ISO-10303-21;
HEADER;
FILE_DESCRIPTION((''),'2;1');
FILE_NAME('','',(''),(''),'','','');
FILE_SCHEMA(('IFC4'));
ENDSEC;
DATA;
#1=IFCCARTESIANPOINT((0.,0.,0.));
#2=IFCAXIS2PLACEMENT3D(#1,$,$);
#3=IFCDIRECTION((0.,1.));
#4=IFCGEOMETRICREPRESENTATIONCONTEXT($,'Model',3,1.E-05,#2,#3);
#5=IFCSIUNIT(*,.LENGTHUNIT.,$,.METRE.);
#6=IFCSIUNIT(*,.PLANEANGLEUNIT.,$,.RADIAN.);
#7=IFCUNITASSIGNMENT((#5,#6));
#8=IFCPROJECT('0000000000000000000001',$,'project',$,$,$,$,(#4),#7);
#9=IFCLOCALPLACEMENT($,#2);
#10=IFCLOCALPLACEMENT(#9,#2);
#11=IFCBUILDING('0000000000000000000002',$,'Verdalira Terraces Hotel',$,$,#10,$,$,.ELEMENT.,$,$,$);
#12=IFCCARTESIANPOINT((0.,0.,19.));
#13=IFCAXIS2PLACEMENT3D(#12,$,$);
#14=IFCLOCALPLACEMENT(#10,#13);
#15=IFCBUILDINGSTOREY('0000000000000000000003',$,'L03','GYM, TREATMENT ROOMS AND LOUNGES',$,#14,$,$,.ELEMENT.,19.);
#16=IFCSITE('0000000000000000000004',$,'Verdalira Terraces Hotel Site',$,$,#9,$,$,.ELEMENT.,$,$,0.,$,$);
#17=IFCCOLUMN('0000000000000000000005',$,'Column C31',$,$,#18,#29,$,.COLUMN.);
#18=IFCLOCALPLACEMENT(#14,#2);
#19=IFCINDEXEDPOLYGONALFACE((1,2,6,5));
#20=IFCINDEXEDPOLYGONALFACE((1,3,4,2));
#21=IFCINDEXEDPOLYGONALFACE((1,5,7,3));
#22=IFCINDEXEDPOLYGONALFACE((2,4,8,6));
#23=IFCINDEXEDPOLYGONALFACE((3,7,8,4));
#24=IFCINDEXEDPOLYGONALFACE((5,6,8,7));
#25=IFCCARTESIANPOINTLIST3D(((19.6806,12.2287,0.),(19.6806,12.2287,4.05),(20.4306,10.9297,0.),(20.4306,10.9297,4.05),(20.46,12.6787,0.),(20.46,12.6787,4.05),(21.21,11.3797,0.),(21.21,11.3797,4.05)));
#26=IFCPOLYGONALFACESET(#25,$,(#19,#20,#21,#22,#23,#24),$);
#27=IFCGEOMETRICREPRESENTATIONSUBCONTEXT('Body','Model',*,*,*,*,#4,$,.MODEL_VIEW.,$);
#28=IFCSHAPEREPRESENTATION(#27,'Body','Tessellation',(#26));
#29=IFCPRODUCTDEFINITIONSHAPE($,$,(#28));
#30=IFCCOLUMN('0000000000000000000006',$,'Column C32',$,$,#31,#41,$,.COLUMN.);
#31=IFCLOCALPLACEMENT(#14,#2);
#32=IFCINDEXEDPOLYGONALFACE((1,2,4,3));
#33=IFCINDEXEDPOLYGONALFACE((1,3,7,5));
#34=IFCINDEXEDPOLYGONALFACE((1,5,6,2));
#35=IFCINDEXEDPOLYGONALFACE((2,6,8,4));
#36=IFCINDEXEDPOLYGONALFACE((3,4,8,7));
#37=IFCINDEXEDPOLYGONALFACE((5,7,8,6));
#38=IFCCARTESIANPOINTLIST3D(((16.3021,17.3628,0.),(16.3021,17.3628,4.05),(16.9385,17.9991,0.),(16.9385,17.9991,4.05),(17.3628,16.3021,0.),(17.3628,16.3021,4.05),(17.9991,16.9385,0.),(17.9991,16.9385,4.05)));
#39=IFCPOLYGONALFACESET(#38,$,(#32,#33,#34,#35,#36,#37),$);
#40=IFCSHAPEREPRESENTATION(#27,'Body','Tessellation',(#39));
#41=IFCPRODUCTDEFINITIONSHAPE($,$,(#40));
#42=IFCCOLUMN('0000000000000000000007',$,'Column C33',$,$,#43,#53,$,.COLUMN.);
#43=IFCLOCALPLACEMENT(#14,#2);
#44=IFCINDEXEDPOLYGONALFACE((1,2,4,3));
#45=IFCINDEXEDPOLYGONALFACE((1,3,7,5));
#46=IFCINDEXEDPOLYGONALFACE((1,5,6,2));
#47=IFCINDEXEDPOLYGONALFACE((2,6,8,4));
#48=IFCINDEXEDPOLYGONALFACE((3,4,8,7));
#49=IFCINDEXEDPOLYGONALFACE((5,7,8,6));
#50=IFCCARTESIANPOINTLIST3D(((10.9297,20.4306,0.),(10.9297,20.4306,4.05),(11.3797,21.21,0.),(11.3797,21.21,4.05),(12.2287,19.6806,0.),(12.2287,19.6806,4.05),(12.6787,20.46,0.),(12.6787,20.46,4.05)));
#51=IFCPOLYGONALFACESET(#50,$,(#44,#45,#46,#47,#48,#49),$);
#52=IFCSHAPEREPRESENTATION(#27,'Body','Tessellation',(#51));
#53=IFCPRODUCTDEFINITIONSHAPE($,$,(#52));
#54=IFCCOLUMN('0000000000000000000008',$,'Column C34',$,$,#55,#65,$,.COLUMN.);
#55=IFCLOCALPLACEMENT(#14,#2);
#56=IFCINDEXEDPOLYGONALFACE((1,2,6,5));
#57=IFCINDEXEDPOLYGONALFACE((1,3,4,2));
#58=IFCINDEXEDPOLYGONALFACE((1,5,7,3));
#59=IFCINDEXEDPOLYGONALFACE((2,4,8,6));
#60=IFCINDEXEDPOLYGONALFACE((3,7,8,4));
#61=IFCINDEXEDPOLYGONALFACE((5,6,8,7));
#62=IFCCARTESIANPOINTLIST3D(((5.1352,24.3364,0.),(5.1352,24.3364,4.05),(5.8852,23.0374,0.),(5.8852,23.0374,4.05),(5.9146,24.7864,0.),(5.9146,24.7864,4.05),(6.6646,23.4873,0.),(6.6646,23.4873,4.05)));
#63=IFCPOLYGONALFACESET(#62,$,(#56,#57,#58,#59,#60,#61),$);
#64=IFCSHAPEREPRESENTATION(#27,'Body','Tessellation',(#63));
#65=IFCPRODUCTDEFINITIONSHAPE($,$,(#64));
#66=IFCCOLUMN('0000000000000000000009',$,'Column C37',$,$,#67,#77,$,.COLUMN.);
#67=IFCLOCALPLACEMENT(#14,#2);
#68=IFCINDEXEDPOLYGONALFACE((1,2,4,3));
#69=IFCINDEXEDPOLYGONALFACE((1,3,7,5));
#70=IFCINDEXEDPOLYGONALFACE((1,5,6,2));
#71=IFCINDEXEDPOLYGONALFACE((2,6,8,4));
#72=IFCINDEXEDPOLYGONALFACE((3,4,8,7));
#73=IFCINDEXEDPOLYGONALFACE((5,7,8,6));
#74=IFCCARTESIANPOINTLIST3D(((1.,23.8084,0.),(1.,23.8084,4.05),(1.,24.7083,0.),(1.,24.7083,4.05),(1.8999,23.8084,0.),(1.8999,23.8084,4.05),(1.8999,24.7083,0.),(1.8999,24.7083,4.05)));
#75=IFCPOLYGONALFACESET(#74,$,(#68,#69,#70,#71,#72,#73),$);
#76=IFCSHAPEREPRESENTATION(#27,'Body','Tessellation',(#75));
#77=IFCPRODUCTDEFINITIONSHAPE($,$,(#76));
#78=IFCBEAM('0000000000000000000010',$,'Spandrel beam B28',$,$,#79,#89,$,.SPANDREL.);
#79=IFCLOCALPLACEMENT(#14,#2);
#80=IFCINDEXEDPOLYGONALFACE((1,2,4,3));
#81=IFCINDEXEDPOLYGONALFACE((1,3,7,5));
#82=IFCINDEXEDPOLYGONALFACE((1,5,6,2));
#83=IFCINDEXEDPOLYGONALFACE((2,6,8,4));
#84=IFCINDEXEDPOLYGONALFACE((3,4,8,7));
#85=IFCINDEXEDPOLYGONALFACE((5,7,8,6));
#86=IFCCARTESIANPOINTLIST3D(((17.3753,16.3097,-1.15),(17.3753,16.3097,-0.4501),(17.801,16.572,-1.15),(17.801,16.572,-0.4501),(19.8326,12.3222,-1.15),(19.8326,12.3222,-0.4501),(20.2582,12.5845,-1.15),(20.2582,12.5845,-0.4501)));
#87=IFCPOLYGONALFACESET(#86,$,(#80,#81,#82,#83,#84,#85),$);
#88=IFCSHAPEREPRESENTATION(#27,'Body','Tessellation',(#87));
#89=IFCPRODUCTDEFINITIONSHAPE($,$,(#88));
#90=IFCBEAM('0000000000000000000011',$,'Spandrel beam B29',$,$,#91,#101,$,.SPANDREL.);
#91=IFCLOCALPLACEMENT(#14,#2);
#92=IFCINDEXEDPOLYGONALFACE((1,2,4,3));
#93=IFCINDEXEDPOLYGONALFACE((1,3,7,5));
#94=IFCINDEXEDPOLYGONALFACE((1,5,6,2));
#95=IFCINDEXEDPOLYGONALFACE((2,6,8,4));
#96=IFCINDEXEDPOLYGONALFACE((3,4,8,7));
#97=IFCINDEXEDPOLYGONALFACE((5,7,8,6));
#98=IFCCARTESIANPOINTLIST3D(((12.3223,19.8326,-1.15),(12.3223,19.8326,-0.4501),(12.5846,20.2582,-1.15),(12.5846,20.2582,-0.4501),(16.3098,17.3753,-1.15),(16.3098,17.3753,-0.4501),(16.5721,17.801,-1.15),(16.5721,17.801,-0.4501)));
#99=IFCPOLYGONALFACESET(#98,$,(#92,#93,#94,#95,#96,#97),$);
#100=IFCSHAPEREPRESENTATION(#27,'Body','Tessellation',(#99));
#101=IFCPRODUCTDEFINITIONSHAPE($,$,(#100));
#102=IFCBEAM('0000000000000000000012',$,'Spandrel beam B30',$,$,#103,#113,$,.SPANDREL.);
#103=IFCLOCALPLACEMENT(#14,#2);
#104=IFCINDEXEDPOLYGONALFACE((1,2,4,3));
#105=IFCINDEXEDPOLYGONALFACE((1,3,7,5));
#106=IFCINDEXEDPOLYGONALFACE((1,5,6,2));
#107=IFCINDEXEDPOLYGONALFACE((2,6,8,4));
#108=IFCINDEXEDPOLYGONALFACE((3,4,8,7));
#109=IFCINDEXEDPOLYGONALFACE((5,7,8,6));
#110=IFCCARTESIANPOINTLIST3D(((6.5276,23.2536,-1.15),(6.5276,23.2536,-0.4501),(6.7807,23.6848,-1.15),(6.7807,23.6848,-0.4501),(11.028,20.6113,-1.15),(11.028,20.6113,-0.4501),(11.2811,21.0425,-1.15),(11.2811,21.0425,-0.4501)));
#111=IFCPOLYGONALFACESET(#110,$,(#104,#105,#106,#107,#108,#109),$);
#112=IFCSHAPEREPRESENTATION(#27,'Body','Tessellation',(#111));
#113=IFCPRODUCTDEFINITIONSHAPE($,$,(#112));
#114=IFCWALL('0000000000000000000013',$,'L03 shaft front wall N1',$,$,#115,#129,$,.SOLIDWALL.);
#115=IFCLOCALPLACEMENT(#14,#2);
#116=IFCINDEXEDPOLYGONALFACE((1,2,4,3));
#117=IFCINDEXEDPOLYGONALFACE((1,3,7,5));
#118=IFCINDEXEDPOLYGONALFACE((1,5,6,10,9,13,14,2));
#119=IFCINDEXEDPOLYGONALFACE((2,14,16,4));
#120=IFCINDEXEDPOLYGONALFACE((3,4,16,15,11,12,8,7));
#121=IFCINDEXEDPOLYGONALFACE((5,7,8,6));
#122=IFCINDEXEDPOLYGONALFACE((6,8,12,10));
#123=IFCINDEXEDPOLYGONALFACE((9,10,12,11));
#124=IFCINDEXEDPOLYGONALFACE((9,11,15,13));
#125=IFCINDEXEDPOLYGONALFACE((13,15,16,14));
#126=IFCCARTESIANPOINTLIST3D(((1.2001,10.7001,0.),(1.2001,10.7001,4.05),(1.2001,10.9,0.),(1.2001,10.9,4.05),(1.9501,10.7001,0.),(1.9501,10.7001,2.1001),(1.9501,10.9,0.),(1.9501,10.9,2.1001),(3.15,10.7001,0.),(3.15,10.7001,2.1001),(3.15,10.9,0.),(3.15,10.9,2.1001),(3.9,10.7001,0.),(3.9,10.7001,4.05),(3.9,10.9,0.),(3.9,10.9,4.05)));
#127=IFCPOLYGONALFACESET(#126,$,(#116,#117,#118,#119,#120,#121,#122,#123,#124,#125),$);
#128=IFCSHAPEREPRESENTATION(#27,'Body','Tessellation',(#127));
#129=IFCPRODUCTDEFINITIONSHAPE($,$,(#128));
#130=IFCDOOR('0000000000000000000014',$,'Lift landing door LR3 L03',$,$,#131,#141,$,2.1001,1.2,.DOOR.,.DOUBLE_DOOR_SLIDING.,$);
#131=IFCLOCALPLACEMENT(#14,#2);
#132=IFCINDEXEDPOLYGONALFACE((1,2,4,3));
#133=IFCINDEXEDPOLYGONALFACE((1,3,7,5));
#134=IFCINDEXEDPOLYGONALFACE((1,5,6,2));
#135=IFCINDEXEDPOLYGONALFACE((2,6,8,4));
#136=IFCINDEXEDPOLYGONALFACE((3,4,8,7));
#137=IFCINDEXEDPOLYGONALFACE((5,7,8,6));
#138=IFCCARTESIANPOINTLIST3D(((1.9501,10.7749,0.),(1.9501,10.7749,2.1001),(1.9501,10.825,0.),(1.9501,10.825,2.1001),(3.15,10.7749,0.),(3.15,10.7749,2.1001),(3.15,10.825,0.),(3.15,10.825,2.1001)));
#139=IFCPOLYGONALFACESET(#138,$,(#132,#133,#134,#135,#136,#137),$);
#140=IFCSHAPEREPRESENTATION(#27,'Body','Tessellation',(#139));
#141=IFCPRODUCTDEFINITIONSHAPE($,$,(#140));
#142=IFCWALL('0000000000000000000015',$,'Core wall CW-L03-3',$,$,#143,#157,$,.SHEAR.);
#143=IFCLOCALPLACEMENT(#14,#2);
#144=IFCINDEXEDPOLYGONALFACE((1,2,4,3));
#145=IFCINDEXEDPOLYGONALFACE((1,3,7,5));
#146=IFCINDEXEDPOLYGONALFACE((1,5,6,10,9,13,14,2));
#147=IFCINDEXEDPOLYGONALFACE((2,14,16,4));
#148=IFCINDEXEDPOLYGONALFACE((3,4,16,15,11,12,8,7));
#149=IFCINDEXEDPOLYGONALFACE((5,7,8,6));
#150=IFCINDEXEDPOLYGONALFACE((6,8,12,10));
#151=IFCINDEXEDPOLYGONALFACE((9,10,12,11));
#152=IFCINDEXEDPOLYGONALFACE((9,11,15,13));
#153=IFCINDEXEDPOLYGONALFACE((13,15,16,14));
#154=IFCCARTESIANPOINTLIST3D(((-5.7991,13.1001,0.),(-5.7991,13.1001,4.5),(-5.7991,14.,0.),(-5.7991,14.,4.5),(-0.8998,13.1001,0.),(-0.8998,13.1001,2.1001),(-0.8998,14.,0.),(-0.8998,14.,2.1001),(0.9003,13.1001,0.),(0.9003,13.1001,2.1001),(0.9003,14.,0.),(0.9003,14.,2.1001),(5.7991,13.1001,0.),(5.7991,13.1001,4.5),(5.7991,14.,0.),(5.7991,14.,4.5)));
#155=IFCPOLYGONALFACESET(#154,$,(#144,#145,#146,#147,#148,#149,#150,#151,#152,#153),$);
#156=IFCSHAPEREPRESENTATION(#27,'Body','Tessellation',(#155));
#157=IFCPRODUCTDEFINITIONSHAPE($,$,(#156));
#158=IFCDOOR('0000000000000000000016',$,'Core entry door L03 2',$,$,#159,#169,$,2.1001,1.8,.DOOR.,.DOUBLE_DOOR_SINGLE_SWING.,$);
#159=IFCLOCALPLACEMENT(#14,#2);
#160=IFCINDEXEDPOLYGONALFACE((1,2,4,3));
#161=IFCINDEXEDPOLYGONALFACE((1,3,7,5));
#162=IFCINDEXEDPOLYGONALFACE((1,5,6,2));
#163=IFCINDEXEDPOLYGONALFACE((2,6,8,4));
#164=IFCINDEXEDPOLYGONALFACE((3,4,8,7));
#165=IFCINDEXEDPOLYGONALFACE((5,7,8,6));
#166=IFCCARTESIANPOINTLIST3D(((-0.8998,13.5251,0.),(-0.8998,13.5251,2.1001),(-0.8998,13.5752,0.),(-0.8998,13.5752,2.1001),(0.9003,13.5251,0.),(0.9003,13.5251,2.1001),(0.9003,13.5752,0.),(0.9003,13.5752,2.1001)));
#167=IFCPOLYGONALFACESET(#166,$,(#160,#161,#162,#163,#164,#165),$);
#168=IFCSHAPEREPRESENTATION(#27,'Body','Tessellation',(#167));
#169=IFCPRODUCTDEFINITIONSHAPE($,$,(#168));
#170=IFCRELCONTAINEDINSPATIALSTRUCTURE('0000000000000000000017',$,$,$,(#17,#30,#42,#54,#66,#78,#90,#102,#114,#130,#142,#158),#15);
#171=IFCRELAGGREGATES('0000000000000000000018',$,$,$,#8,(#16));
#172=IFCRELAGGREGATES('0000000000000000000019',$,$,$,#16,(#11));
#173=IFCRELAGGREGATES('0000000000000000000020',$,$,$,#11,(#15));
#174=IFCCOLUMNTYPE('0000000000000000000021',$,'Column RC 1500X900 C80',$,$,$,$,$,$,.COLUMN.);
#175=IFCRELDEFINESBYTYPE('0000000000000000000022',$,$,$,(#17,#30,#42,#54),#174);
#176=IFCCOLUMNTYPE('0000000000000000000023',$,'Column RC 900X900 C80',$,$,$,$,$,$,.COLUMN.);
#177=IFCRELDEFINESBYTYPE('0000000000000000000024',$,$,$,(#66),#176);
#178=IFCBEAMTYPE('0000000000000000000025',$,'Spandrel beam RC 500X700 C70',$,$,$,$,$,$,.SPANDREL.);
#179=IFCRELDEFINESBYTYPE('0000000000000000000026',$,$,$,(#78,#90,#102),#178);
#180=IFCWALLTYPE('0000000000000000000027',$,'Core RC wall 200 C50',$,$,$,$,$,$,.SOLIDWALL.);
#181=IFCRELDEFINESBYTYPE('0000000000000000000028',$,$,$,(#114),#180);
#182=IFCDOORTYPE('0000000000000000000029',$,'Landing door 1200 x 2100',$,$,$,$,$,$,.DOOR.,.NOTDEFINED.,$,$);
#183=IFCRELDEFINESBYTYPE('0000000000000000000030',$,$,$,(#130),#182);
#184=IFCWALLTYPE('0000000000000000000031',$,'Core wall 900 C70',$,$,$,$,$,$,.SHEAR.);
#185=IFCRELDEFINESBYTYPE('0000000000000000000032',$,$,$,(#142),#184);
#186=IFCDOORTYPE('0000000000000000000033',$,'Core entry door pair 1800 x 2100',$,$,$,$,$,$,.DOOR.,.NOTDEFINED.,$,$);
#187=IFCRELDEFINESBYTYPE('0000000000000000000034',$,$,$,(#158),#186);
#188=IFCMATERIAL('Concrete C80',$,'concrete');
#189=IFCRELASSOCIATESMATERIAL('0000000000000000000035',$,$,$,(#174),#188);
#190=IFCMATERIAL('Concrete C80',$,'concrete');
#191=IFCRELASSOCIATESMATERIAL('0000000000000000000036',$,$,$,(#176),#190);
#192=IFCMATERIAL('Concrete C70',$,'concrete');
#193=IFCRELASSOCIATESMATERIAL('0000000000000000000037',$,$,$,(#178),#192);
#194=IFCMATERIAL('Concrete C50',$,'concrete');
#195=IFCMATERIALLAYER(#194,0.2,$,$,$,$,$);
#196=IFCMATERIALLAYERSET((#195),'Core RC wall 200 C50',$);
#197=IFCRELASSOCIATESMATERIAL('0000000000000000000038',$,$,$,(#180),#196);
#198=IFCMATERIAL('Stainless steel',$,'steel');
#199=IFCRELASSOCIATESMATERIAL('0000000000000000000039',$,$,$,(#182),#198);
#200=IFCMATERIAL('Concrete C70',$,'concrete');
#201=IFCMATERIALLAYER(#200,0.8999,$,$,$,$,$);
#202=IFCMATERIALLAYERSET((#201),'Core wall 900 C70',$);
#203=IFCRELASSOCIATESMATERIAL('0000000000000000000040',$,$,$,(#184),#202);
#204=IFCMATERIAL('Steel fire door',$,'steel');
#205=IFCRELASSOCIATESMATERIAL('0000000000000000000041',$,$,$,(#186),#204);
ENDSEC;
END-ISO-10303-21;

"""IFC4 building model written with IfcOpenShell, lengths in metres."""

from ifc_helpers import new_model, si_unit, direction, frame, frame_2d, origin, origin_2d, place, context, subcontext, project, spatial, rectangle, extrude, material, layer, layer_set, material_profile, profile_set, type_object, element, fill, save


model = new_model("IFC4")

# Units and contexts
model_context = context("Model", 3, precision=1e-05, world=origin(), true_north=direction((0.0, 1.0)))
body_context = subcontext(model_context, "Body", "Model", "MODEL_VIEW")
ifc_project = project(units=[si_unit("LENGTHUNIT", "METRE"), si_unit("PLANEANGLEUNIT", "RADIAN")], contexts=[model_context])

# Site, building, storey
site_placement = place(None, origin())
site = spatial("IfcSite", under=ifc_project, at=site_placement, Name="Verdalira Terraces Hotel Site", CompositionType="ELEMENT", RefElevation=0.0)
building_placement = place(site_placement, origin())
building = spatial("IfcBuilding", under=site, at=building_placement, Name="Verdalira Terraces Hotel", CompositionType="ELEMENT")
storey_placement = place(building_placement, frame((0.0, 0.0, 19.0)))
storey = spatial("IfcBuildingStorey", under=building, at=storey_placement, Name="L03", Description="GYM, TREATMENT ROOMS AND LOUNGES", CompositionType="ELEMENT", Elevation=19.0)

# Columns
ifc_material_1 = material(Name="Concrete C80", Category="concrete")
ifc_material_profile_1 = material_profile(ifc_material_1, rectangle(XDim=1.5, YDim=0.8999, at=origin_2d()), Name="RC 1500X900")
ifc_profile_set_1 = profile_set([ifc_material_profile_1], Name="Concrete C80")
column_type_1 = type_object("IfcColumnType", Name="Column RC 1500X900 C80", PredefinedType="COLUMN", material=ifc_profile_set_1)
for number, where, z_axis, x_axis, name in (
    (1, (20.4453, 11.8042, 0.0), (0.0, 0.0, 1.0), (-0.5, 0.866025, 0.0), "Column C31"),
    (2, (17.1506, 17.1506, 0.0), (0.0, 0.0, 1.0), (0.707107, -0.707107, 0.0), "Column C32"),
    (3, (11.8042, 20.4453, 0.0), (0.0, 0.0, 1.0), (-0.866025, 0.5, 0.0), "Column C33"),
    (4, (5.8999, 23.9119, 0.0), (0.0, 0.0, 1.0), (0.5, -0.866025, 0.0), "Column C34"),
):
    element("IfcColumn", number, at=place(storey_placement, frame(where, z_axis=z_axis, x_axis=x_axis)), inside=storey, type_object=column_type_1, Name=name, PredefinedType="COLUMN", context=body_context, shape_type="SweptSolid", body=[
        extrude(rectangle(XDim=1.5, YDim=0.8999, at=origin_2d()), origin(), (0.0, 0.0, 1.0), 4.05),
    ])
ifc_material_2 = material(Name="Concrete C80", Category="concrete")
ifc_material_profile_2 = material_profile(ifc_material_2, rectangle(XDim=0.8999, YDim=0.8999, at=origin_2d()), Name="RC 900X900")
ifc_profile_set_2 = profile_set([ifc_material_profile_2], Name="Concrete C80")
column_type_2 = type_object("IfcColumnType", Name="Column RC 900X900 C80", PredefinedType="COLUMN", material=ifc_profile_set_2)
column_placement = place(storey_placement, frame((1.45, 24.2583, 0.0), z_axis=(0.0, 0.0, 1.0), x_axis=(0.0, 1.0, 0.0)))
element("IfcColumn", 5, at=column_placement, inside=storey, type_object=column_type_2, Name="Column C37", PredefinedType="COLUMN", context=body_context, shape_type="SweptSolid", body=[
    extrude(rectangle(XDim=0.8999, YDim=0.8999, at=origin_2d()), origin(), (0.0, 0.0, 1.0), 4.05),
])

# Beams
ifc_material_3 = material(Name="Concrete C70", Category="concrete")
ifc_material_profile_3 = material_profile(ifc_material_3, rectangle(XDim=0.5, YDim=0.7, at=origin_2d()), Name="RC 500X700")
ifc_profile_set_3 = profile_set([ifc_material_profile_3], Name="Concrete C70")
beam_type = type_object("IfcBeamType", Name="Spandrel beam RC 500X700 C70", PredefinedType="SPANDREL", material=ifc_profile_set_3)
for number, where, z_axis, x_axis, name in (
    (6, (20.0454, 12.4534, -0.8), (-0.524624, 0.851334, 0.0), (-0.851334, -0.524624, 0.0), "Spandrel beam B28"),
    (7, (16.4409, 17.5881, -0.8), (-0.851334, 0.524624, 0.0), (-0.524624, -0.851334, 0.0), "Spandrel beam B29"),
):
    element("IfcBeam", number, at=place(storey_placement, frame(where, z_axis=z_axis, x_axis=x_axis)), inside=storey, type_object=beam_type, Name=name, PredefinedType="SPANDREL", context=body_context, shape_type="SweptSolid", body=[
        extrude(rectangle(XDim=0.5, YDim=0.7, at=origin_2d()), origin(), (0.0, 0.0, 1.0), 4.6838),
    ])
beam_placement = place(storey_placement, frame((11.1545, 20.8269, -0.8), z_axis=(-0.862354, 0.506306, 0.0), x_axis=(-0.506306, -0.862354, 0.0)))
element("IfcBeam", 8, at=beam_placement, inside=storey, type_object=beam_type, Name="Spandrel beam B30", PredefinedType="SPANDREL", context=body_context, shape_type="SweptSolid", body=[
    extrude(rectangle(XDim=0.5, YDim=0.7, at=origin_2d()), origin(), (0.0, 0.0, 1.0), 5.2188),
])

# Walls, openings, doors
ifc_material_4 = material(Name="Concrete C50", Category="concrete")
ifc_layer_1 = layer(ifc_material_4, 0.2)
ifc_layer_set_1 = layer_set([ifc_layer_1], Name="Core RC wall 200 C50")
wall_type_1 = type_object("IfcWallType", Name="Core RC wall 200 C50", PredefinedType="SOLIDWALL", material=ifc_layer_set_1)
wall_1_placement = place(storey_placement, frame((1.2, 10.8, 0.0), z_axis=(0.0, 0.0, 1.0), x_axis=(1.0, 0.0, 0.0)))
wall_1 = element("IfcWall", 9, at=wall_1_placement, inside=storey, type_object=wall_type_1, Name="L03 shaft front wall N1", PredefinedType="SOLIDWALL", context=body_context, shape_type="SweptSolid", body=[
    extrude(rectangle(XDim=2.7, YDim=0.2, at=frame_2d((1.3501, 0.0))), origin(), (0.0, 0.0, 1.0), 4.05),
])
opening_1_placement = place(wall_1_placement, frame((0.75, 0.0, 0.0)))
opening_1 = element("IfcOpeningElement", 10, at=opening_1_placement, cuts=wall_1, PredefinedType="OPENING", context=body_context, shape_type="SweptSolid", body=[
    extrude(rectangle(XDim=1.2, YDim=2.1001, at=frame_2d((0.6001, 1.05))), frame((0.0, 0.1099, 0.0), z_axis=(0.0, -1.0, 0.0), x_axis=(1.0, 0.0, 0.0)), (0.0, 0.0, 1.0), 0.22),
])
ifc_material_5 = material(Name="Stainless steel", Category="steel")
door_type_1 = type_object("IfcDoorType", Name="Landing door 1200 x 2100", OperationType="NOTDEFINED", PredefinedType="DOOR", material=ifc_material_5)
door_1_placement = place(opening_1_placement, origin())
door_1 = element("IfcDoor", 11, at=door_1_placement, inside=storey, type_object=door_type_1, Name="Lift landing door LR3 L03", OperationType="DOUBLE_DOOR_SLIDING", OverallHeight=2.1001, OverallWidth=1.2, PredefinedType="DOOR", context=body_context, shape_type="SweptSolid", body=[
    extrude(rectangle(XDim=1.2, YDim=2.1001, at=frame_2d((0.6001, 1.05))), frame((0.0, 0.0249, 0.0), z_axis=(0.0, -1.0, 0.0), x_axis=(1.0, 0.0, 0.0)), (0.0, 0.0, 1.0), 0.05),
])
fill(opening_1, door_1)
ifc_material_6 = material(Name="Concrete C70", Category="concrete")
ifc_layer_2 = layer(ifc_material_6, 0.8999)
ifc_layer_set_2 = layer_set([ifc_layer_2], Name="Core wall 900 C70")
wall_type_2 = type_object("IfcWallType", Name="Core wall 900 C70", PredefinedType="SHEAR", material=ifc_layer_set_2)
wall_2_placement = place(storey_placement, frame((5.7991, 13.55, 0.0), z_axis=(0.0, 0.0, 1.0), x_axis=(-1.0, 0.0, 0.0)))
wall_2 = element("IfcWall", 12, at=wall_2_placement, inside=storey, type_object=wall_type_2, Name="Core wall CW-L03-3", PredefinedType="SHEAR", context=body_context, shape_type="SweptSolid", body=[
    extrude(rectangle(XDim=11.5981, YDim=0.8999, at=frame_2d((5.7991, 0.0))), origin(), (0.0, 0.0, 1.0), 4.5),
])
opening_2_placement = place(wall_2_placement, frame((4.8989, 0.0, 0.0)))
opening_2 = element("IfcOpeningElement", 13, at=opening_2_placement, cuts=wall_2, PredefinedType="OPENING", context=body_context, shape_type="SweptSolid", body=[
    extrude(rectangle(XDim=1.8, YDim=2.1001, at=frame_2d((0.8999, 1.05))), frame((0.0, 0.46, 0.0), z_axis=(0.0, -1.0, 0.0), x_axis=(1.0, 0.0, 0.0)), (0.0, 0.0, 1.0), 0.9199),
])
ifc_material_7 = material(Name="Steel fire door", Category="steel")
door_type_2 = type_object("IfcDoorType", Name="Core entry door pair 1800 x 2100", OperationType="NOTDEFINED", PredefinedType="DOOR", material=ifc_material_7)
door_2_placement = place(opening_2_placement, origin())
door_2 = element("IfcDoor", 14, at=door_2_placement, inside=storey, type_object=door_type_2, Name="Core entry door L03 2", OperationType="DOUBLE_DOOR_SINGLE_SWING", OverallHeight=2.1001, OverallWidth=1.8, PredefinedType="DOOR", context=body_context, shape_type="SweptSolid", body=[
    extrude(rectangle(XDim=1.8, YDim=2.1001, at=frame_2d((0.8999, 1.05))), frame((0.0, 0.0249, 0.0), z_axis=(0.0, -1.0, 0.0), x_axis=(1.0, 0.0, 0.0)), (0.0, 0.0, 1.0), 0.05),
])
fill(opening_2, door_2)

save(model, "model.ifc")
